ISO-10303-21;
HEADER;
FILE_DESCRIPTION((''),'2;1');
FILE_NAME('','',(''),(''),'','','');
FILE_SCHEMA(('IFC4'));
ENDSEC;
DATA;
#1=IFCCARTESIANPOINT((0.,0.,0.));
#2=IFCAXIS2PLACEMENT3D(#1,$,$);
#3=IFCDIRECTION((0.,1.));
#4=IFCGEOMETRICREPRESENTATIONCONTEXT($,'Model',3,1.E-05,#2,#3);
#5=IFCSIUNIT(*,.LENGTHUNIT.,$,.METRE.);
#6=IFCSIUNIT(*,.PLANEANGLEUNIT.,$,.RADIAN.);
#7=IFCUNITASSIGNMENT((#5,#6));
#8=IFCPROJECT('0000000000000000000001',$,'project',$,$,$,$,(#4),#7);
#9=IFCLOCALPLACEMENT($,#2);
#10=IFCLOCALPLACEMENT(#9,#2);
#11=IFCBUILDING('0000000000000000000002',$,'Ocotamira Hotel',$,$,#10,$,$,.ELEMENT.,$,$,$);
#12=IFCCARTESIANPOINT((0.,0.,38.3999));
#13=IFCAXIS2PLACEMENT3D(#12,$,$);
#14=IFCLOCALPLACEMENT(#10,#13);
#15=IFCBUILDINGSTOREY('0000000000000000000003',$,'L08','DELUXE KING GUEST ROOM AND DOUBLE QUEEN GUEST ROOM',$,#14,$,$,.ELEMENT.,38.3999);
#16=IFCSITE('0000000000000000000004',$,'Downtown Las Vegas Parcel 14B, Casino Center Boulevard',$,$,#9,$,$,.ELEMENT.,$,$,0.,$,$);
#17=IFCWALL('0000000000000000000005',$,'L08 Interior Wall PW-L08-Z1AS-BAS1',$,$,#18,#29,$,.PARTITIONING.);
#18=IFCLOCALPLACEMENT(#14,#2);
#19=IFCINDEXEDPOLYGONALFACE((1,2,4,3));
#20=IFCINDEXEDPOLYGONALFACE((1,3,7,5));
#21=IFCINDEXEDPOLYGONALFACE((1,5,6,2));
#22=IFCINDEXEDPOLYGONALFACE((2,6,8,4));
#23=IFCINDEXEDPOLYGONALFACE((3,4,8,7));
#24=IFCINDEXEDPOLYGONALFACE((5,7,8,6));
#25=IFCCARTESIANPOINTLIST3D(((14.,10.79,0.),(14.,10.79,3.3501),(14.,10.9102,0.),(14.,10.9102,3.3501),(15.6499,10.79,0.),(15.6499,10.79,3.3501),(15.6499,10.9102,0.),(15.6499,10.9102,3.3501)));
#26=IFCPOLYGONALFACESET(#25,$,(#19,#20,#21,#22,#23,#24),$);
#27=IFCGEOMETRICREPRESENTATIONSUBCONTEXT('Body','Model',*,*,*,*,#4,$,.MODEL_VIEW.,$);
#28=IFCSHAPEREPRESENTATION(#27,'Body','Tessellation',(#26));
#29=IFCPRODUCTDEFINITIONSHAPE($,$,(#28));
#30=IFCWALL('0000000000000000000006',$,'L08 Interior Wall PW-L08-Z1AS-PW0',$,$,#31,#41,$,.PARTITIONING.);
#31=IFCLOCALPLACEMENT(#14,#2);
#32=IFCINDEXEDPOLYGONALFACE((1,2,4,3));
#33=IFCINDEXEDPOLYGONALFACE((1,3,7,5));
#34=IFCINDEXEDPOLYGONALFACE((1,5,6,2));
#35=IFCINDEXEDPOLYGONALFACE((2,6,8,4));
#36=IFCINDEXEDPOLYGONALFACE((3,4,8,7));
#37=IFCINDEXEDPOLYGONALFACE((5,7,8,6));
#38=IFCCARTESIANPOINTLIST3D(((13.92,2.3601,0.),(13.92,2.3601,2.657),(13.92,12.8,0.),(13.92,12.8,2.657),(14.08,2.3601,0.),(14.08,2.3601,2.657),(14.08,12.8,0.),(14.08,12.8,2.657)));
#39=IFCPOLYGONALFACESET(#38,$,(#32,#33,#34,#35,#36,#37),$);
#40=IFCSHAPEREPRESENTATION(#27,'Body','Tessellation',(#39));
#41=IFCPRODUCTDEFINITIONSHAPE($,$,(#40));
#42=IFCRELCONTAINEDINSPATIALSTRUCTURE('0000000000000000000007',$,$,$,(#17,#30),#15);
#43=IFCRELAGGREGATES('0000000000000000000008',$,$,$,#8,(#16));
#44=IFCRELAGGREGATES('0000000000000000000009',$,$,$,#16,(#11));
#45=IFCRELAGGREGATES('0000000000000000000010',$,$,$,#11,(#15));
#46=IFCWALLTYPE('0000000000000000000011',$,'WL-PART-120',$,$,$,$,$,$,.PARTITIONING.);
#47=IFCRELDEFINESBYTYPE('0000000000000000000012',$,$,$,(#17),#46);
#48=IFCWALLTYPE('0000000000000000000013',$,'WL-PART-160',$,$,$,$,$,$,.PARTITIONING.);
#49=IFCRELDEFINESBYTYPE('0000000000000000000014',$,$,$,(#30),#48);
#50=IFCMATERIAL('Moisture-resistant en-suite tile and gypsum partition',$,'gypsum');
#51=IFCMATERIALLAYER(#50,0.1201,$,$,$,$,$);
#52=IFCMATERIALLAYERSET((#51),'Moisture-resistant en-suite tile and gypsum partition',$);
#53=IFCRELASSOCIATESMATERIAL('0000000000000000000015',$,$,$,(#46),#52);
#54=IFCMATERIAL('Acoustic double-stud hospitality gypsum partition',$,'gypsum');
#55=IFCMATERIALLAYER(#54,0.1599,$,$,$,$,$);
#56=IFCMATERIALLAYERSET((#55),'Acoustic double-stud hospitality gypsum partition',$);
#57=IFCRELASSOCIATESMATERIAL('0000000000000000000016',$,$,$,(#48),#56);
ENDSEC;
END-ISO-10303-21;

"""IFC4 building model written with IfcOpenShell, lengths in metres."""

from ifc_helpers import new_model, si_unit, direction, frame, frame_2d, origin, place, context, subcontext, project, spatial, rectangle, extrude, material, layer, layer_set, type_object, element, save


model = new_model("IFC4")

# Units and contexts
model_context = context("Model", 3, precision=1e-05, world=origin(), true_north=direction((0.0, 1.0)))
body_context = subcontext(model_context, "Body", "Model", "MODEL_VIEW")
ifc_project = project(units=[si_unit("LENGTHUNIT", "METRE"), si_unit("PLANEANGLEUNIT", "RADIAN")], contexts=[model_context])

# Site, building, storey
site_placement = place(None, origin())
site = spatial("IfcSite", under=ifc_project, at=site_placement, Name="Downtown Las Vegas Parcel 14B, Casino Center Boulevard", CompositionType="ELEMENT", RefElevation=0.0)
building_placement = place(site_placement, origin())
building = spatial("IfcBuilding", under=site, at=building_placement, Name="Ocotamira Hotel", CompositionType="ELEMENT")
storey_placement = place(building_placement, frame((0.0, 0.0, 38.3999)))
storey = spatial("IfcBuildingStorey", under=building, at=storey_placement, Name="L08", Description="DELUXE KING GUEST ROOM AND DOUBLE QUEEN GUEST ROOM", CompositionType="ELEMENT", Elevation=38.3999)

# Shared definitions
ifc_material_1 = material(Name="Moisture-resistant en-suite tile and gypsum partition", Category="gypsum")
ifc_layer_1 = layer(ifc_material_1, 0.1201)
ifc_layer_set_1 = layer_set([ifc_layer_1], Name="Moisture-resistant en-suite tile and gypsum partition")
wall_type_1 = type_object("IfcWallType", Name="WL-PART-120", PredefinedType="PARTITIONING", material=ifc_layer_set_1)

# Walls
wall_1_placement = place(storey_placement, frame((14.0, 10.8501, 0.0), z_axis=(0.0, 0.0, 1.0), x_axis=(1.0, 0.0, 0.0)))
element("IfcWall", 1, at=wall_1_placement, inside=storey, type_object=wall_type_1, Name="L08 Interior Wall PW-L08-Z1AS-BAS1", PredefinedType="PARTITIONING", context=body_context, shape_type="SweptSolid", body=[
    extrude(rectangle(XDim=1.6499, YDim=0.1201, at=frame_2d((0.825, 0.0))), origin(), (0.0, 0.0, 1.0), 3.3501),
])
ifc_material_2 = material(Name="Acoustic double-stud hospitality gypsum partition", Category="gypsum")
ifc_layer_2 = layer(ifc_material_2, 0.1599)
ifc_layer_set_2 = layer_set([ifc_layer_2], Name="Acoustic double-stud hospitality gypsum partition")
wall_type_2 = type_object("IfcWallType", Name="WL-PART-160", PredefinedType="PARTITIONING", material=ifc_layer_set_2)
wall_2_placement = place(storey_placement, frame((14.0, 2.3601, 0.0), z_axis=(0.0, 0.0, 1.0), x_axis=(0.0, 1.0, 0.0)))
element("IfcWall", 2, at=wall_2_placement, inside=storey, type_object=wall_type_2, Name="L08 Interior Wall PW-L08-Z1AS-PW0", PredefinedType="PARTITIONING", context=body_context, shape_type="SweptSolid", body=[
    extrude(rectangle(XDim=10.4399, YDim=0.1599, at=frame_2d((5.22, 0.0))), origin(), (0.0, 0.0, 1.0), 2.657),
])

save(model, "model.ifc")
